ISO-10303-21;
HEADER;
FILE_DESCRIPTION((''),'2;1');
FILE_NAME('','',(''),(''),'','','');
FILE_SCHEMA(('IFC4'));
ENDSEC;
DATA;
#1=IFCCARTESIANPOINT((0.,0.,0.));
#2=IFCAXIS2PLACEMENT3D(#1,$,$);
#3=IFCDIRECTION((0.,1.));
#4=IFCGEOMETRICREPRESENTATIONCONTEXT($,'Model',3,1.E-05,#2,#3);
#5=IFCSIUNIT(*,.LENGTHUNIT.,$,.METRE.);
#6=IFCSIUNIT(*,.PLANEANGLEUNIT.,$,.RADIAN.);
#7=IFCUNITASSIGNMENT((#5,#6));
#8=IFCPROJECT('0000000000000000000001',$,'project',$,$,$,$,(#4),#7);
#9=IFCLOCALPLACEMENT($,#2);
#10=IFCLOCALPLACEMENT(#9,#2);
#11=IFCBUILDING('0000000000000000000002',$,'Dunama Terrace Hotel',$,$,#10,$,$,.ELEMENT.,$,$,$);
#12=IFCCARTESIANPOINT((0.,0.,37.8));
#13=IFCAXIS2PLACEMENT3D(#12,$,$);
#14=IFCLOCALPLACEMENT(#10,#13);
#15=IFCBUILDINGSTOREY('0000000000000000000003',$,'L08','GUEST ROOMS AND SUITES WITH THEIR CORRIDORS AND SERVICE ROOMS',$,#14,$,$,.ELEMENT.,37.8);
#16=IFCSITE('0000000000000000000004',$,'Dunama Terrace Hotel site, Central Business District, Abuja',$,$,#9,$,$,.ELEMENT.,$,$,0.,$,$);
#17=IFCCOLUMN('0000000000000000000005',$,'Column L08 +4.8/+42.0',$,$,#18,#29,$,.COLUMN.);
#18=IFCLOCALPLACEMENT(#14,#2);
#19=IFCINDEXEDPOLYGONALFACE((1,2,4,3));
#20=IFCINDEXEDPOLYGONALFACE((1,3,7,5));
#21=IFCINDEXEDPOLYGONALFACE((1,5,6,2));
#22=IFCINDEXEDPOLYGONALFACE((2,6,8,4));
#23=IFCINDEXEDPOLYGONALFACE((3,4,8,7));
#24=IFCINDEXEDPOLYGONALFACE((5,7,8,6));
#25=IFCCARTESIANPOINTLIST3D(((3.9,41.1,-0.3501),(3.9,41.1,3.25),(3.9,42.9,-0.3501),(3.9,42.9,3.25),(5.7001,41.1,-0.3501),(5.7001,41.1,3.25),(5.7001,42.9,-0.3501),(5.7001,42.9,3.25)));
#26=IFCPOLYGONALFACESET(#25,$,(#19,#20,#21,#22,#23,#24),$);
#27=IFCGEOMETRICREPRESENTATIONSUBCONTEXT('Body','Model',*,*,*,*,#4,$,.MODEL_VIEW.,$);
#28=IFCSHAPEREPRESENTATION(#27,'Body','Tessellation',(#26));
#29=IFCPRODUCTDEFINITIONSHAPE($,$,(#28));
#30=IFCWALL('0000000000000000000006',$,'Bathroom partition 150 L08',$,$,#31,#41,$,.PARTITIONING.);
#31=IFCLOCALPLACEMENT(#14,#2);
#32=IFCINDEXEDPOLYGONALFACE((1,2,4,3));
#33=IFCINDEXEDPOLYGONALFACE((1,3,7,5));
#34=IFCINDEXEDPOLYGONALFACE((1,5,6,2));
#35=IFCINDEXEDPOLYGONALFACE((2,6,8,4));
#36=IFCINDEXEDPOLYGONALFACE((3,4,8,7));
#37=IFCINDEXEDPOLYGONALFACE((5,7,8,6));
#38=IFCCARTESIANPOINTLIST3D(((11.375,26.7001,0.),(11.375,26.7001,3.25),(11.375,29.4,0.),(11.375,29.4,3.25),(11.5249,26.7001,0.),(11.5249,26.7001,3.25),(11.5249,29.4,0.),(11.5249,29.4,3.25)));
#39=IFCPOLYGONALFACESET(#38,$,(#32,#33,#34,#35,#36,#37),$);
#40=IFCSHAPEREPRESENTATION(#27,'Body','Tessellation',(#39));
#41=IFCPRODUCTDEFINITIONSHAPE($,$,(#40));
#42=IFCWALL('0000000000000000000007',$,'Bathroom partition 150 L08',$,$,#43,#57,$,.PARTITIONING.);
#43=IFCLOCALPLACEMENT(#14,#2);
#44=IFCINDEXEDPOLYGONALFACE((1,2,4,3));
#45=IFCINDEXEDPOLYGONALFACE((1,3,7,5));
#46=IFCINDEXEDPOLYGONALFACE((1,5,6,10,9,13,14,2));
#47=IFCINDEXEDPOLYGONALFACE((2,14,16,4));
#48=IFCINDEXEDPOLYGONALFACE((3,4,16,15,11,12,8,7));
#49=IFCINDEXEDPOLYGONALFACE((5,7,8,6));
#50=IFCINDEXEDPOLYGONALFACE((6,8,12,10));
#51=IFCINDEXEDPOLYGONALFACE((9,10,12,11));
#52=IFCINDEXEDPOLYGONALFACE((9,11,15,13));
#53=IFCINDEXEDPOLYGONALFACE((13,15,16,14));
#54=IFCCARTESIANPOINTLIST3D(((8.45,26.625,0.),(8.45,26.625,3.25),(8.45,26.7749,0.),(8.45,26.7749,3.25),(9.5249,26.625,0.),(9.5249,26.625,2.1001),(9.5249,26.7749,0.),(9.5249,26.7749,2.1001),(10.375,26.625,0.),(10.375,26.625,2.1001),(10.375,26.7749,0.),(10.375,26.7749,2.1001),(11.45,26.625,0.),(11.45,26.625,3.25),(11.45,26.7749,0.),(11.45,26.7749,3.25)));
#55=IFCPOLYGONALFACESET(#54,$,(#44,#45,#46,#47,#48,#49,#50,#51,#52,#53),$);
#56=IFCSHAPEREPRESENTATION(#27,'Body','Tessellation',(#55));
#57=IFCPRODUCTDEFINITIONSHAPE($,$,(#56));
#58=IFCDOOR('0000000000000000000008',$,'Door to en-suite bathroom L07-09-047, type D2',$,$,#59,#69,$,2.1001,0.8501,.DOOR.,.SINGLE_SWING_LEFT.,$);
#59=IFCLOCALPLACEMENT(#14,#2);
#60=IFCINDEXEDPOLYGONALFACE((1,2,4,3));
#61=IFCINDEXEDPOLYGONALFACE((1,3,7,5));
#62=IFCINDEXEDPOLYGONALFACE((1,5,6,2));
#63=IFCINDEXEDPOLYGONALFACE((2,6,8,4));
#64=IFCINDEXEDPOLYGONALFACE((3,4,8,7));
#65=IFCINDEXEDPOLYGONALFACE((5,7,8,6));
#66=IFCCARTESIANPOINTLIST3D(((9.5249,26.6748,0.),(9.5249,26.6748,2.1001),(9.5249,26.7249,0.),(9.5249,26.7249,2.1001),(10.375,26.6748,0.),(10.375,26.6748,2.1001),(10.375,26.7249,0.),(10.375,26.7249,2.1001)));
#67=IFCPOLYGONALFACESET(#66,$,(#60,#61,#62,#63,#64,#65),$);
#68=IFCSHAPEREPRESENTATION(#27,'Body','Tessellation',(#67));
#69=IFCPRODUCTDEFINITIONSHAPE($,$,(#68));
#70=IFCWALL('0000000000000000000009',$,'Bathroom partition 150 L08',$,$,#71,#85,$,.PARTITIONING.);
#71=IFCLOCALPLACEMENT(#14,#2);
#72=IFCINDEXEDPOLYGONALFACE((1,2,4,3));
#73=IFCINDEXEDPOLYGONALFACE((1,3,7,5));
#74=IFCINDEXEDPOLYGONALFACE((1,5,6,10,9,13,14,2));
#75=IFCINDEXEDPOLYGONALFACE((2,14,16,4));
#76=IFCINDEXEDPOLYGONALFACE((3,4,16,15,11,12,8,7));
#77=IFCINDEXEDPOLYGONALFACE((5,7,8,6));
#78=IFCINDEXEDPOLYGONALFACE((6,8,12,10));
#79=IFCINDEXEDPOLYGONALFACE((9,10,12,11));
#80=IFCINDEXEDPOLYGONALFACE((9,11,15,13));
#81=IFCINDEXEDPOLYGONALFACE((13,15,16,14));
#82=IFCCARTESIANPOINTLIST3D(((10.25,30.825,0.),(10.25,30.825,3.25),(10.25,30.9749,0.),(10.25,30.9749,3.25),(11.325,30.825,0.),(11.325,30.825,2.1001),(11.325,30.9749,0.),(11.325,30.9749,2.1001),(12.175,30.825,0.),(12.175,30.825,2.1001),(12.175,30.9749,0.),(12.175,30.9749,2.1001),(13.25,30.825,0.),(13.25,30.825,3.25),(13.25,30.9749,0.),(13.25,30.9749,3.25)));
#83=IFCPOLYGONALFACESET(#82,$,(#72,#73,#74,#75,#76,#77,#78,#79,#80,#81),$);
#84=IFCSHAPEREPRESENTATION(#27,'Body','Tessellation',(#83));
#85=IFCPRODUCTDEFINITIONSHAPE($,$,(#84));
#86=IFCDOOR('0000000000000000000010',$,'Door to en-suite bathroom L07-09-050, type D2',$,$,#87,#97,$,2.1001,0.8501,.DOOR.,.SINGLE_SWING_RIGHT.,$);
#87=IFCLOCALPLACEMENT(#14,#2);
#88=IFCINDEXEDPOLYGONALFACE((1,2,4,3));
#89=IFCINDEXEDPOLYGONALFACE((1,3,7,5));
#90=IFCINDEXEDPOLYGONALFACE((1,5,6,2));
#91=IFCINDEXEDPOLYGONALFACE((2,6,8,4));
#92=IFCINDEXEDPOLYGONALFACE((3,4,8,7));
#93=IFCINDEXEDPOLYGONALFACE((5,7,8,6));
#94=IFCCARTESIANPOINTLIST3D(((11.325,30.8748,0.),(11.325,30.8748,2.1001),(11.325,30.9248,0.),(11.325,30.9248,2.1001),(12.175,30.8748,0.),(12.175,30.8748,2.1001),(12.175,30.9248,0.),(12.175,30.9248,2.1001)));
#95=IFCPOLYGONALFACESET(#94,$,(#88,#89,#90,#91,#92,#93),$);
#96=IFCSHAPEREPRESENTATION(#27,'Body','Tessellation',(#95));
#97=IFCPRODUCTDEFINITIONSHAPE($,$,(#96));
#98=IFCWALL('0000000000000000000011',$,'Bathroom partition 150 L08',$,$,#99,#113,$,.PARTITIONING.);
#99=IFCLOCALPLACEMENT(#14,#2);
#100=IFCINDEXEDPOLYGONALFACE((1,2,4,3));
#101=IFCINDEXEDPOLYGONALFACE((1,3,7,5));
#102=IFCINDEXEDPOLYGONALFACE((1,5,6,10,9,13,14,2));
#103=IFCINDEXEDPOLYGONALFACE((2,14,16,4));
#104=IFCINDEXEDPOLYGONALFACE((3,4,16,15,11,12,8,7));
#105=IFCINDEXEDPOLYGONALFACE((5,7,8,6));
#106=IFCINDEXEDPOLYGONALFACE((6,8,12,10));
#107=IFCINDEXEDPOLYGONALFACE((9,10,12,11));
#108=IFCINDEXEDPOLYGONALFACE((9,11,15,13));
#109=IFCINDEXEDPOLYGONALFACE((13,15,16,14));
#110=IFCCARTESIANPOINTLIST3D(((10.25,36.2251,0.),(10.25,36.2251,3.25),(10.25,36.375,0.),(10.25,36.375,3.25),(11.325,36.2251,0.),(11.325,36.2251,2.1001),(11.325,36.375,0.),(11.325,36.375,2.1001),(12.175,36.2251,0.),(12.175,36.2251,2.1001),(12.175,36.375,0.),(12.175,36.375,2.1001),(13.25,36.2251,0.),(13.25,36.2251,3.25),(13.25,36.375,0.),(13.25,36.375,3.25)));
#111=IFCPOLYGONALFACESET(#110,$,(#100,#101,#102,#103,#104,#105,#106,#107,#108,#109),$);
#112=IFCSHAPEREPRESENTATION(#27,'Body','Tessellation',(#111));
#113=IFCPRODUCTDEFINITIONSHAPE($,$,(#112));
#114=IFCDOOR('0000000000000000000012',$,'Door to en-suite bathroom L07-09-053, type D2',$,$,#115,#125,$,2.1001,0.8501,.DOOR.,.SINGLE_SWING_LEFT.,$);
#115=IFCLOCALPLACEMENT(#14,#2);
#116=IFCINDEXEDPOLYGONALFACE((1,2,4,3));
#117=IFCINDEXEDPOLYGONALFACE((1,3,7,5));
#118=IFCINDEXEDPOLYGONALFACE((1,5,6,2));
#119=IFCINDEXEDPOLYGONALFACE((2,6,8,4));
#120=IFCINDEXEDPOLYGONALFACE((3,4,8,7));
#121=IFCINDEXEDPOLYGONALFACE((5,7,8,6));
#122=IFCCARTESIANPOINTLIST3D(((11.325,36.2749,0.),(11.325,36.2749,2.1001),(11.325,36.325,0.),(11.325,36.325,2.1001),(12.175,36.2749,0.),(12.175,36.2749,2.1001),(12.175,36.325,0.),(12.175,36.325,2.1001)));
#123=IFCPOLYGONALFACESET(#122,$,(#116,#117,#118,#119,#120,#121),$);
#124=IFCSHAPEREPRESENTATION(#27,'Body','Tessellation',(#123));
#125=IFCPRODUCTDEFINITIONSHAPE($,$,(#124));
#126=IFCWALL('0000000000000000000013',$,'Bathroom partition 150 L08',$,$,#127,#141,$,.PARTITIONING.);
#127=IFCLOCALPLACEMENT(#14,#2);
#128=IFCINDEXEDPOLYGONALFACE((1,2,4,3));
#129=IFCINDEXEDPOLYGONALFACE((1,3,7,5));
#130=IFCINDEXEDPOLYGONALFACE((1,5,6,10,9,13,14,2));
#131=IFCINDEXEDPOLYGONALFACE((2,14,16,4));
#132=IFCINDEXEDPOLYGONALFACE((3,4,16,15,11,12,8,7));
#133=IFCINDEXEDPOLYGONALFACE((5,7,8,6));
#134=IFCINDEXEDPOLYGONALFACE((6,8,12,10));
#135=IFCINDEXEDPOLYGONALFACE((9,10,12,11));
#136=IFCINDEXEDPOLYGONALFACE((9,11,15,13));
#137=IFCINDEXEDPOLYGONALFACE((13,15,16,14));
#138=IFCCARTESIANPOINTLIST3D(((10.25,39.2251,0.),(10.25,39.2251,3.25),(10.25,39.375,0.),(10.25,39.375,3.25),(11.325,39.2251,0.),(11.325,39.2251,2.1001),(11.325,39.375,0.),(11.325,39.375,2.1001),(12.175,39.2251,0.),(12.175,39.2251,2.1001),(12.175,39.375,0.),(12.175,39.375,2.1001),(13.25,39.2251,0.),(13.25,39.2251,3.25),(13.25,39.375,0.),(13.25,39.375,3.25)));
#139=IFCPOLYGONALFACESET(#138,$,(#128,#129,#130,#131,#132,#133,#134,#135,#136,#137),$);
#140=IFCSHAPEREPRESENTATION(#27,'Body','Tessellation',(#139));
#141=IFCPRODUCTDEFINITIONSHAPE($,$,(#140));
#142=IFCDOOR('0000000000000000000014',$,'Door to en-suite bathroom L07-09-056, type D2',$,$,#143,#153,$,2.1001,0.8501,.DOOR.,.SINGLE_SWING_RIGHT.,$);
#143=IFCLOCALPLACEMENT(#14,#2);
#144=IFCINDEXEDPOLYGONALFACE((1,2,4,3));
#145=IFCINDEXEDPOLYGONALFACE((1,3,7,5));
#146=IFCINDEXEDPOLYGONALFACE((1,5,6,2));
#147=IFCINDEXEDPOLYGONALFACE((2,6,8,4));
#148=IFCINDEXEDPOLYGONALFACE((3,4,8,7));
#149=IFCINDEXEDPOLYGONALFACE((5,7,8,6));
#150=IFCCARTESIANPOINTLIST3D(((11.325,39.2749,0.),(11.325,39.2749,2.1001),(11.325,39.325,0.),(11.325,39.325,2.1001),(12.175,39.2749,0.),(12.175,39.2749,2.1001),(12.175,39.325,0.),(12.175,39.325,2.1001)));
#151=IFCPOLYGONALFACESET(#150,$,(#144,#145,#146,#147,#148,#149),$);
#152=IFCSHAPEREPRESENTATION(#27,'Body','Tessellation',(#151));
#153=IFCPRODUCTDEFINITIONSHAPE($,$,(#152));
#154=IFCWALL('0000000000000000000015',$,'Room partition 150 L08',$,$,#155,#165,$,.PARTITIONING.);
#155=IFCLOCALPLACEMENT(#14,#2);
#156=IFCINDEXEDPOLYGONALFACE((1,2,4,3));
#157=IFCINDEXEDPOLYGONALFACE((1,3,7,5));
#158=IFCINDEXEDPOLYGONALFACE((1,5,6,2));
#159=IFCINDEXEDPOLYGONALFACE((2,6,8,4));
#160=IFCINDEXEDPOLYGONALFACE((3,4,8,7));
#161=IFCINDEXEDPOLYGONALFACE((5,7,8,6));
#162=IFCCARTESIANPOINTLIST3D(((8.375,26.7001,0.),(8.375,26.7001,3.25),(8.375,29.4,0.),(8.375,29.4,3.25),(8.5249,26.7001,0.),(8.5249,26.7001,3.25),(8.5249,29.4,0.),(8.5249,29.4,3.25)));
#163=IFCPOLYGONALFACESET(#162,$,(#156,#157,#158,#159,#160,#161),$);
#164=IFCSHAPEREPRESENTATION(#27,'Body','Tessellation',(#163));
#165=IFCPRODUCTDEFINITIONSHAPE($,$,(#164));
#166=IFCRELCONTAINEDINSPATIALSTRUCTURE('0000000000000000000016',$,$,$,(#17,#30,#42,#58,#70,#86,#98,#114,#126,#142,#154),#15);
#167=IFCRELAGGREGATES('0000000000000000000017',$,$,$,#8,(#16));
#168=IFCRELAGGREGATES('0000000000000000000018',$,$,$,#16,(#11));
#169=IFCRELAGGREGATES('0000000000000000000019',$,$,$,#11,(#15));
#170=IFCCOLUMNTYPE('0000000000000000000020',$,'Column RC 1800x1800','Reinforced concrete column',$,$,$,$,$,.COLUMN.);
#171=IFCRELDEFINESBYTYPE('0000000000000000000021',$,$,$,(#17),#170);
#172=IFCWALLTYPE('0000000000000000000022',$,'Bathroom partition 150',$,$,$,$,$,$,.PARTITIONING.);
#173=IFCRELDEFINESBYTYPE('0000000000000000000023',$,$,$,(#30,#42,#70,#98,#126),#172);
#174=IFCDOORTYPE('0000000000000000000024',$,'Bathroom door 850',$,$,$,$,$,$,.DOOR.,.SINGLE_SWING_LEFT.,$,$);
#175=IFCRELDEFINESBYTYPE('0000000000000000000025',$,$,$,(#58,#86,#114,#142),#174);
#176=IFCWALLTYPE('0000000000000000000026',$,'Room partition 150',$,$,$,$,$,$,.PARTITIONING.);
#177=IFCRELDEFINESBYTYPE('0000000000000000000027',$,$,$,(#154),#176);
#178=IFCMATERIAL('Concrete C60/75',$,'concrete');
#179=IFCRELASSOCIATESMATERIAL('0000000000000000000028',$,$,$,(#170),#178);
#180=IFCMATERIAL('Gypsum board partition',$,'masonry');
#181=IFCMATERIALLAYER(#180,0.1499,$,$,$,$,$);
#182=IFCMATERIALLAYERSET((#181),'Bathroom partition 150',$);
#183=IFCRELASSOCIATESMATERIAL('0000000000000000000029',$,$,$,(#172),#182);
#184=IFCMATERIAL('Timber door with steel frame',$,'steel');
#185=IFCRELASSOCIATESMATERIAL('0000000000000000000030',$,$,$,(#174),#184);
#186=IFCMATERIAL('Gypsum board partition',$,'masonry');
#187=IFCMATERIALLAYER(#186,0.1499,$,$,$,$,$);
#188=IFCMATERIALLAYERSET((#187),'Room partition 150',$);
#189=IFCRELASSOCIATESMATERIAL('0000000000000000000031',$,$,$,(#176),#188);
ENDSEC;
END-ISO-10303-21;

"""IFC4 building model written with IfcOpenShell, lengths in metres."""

from ifc_helpers import new_model, si_unit, direction, frame, frame_2d, origin, origin_2d, place, context, subcontext, project, spatial, rectangle, extrude, material, layer, layer_set, material_profile, profile_set, type_object, element, fill, save


model = new_model("IFC4")

# Units and contexts
model_context = context("Model", 3, precision=1e-05, world=origin(), true_north=direction((0.0, 1.0)))
body_context = subcontext(model_context, "Body", "Model", "MODEL_VIEW")
ifc_project = project(units=[si_unit("LENGTHUNIT", "METRE"), si_unit("PLANEANGLEUNIT", "RADIAN")], contexts=[model_context])

# Site, building, storey
site_placement = place(None, origin())
site = spatial("IfcSite", under=ifc_project, at=site_placement, Name="Dunama Terrace Hotel site, Central Business District, Abuja", CompositionType="ELEMENT", RefElevation=0.0)
building_placement = place(site_placement, origin())
building = spatial("IfcBuilding", under=site, at=building_placement, Name="Dunama Terrace Hotel", CompositionType="ELEMENT")
storey_placement = place(building_placement, frame((0.0, 0.0, 37.8)))
storey = spatial("IfcBuildingStorey", under=building, at=storey_placement, Name="L08", Description="GUEST ROOMS AND SUITES WITH THEIR CORRIDORS AND SERVICE ROOMS", CompositionType="ELEMENT", Elevation=37.8)

# Column
ifc_material_1 = material(Name="Concrete C60/75", Category="concrete")
ifc_material_profile = material_profile(ifc_material_1, rectangle(XDim=1.8, YDim=1.8, at=origin_2d()), Name="RC 1800x1800")
ifc_profile_set = profile_set([ifc_material_profile], Name="Concrete C60/75")
column_type = type_object("IfcColumnType", Name="Column RC 1800x1800", Description="Reinforced concrete column", PredefinedType="COLUMN", material=ifc_profile_set)
column_placement = place(storey_placement, frame((4.8, 42.0, -0.3501), z_axis=(0.0, 0.0, 1.0), x_axis=(1.0, 0.0, 0.0)))
element("IfcColumn", 1, at=column_placement, inside=storey, type_object=column_type, Name="Column L08 +4.8/+42.0", PredefinedType="COLUMN", context=body_context, shape_type="SweptSolid", body=[
    extrude(rectangle(XDim=1.8, YDim=1.8, at=origin_2d()), origin(), (0.0, 0.0, 1.0), 3.6001),
])

# Wall
ifc_material_2 = material(Name="Gypsum board partition", Category="masonry")
ifc_layer_1 = layer(ifc_material_2, 0.1499)
ifc_layer_set_1 = layer_set([ifc_layer_1], Name="Bathroom partition 150")
wall_type_1 = type_object("IfcWallType", Name="Bathroom partition 150", PredefinedType="PARTITIONING", material=ifc_layer_set_1)
wall_1_placement = place(storey_placement, frame((11.45, 26.7, 0.0), z_axis=(0.0, 0.0, 1.0), x_axis=(0.0, 1.0, 0.0)))
element("IfcWall", 2, at=wall_1_placement, inside=storey, type_object=wall_type_1, Name="Bathroom partition 150 L08", PredefinedType="PARTITIONING", context=body_context, shape_type="SweptSolid", body=[
    extrude(rectangle(XDim=2.7, YDim=0.1499, at=frame_2d((1.3501, 0.0))), origin(), (0.0, 0.0, 1.0), 3.25),
])

# Walls, openings, doors
wall_2_placement = place(storey_placement, frame((8.45, 26.7, 0.0), z_axis=(0.0, 0.0, 1.0), x_axis=(1.0, 0.0, 0.0)))
wall_2 = element("IfcWall", 3, at=wall_2_placement, inside=storey, type_object=wall_type_1, Name="Bathroom partition 150 L08", PredefinedType="PARTITIONING", context=body_context, shape_type="SweptSolid", body=[
    extrude(rectangle(XDim=3.0, YDim=0.1499, at=frame_2d((1.5, 0.0))), origin(), (0.0, 0.0, 1.0), 3.25),
])
opening_1_placement = place(wall_2_placement, frame((1.075, 0.0, 0.0)))
opening_1 = element("IfcOpeningElement", 4, at=opening_1_placement, cuts=wall_2, PredefinedType="OPENING", context=body_context, shape_type="SweptSolid", body=[
    extrude(rectangle(XDim=0.8501, YDim=2.1001, at=frame_2d((0.425, 1.05))), frame((0.0, 0.085, 0.0), z_axis=(0.0, -1.0, 0.0), x_axis=(1.0, 0.0, 0.0)), (0.0, 0.0, 1.0), 0.1699),
])
ifc_material_3 = material(Name="Timber door with steel frame", Category="steel")
door_type_1 = type_object("IfcDoorType", Name="Bathroom door 850", OperationType="SINGLE_SWING_LEFT", PredefinedType="DOOR", material=ifc_material_3)
door_1_placement = place(opening_1_placement, origin())
door_1 = element("IfcDoor", 5, at=door_1_placement, inside=storey, type_object=door_type_1, Name="Door to en-suite bathroom L07-09-047, type D2", OperationType="SINGLE_SWING_LEFT", OverallHeight=2.1001, OverallWidth=0.8501, PredefinedType="DOOR", context=body_context, shape_type="SweptSolid", body=[
    extrude(rectangle(XDim=0.8501, YDim=2.1001, at=frame_2d((0.425, 1.05))), frame((0.0, 0.0249, 0.0), z_axis=(0.0, -1.0, 0.0), x_axis=(1.0, 0.0, 0.0)), (0.0, 0.0, 1.0), 0.05),
])
fill(opening_1, door_1)
wall_3_placement = place(storey_placement, frame((10.25, 30.8999, 0.0), z_axis=(0.0, 0.0, 1.0), x_axis=(1.0, 0.0, 0.0)))
wall_3 = element("IfcWall", 6, at=wall_3_placement, inside=storey, type_object=wall_type_1, Name="Bathroom partition 150 L08", PredefinedType="PARTITIONING", context=body_context, shape_type="SweptSolid", body=[
    extrude(rectangle(XDim=3.0, YDim=0.1499, at=frame_2d((1.5, 0.0))), origin(), (0.0, 0.0, 1.0), 3.25),
])
opening_2_placement = place(wall_3_placement, frame((1.075, 0.0, 0.0)))
opening_2 = element("IfcOpeningElement", 7, at=opening_2_placement, cuts=wall_3, PredefinedType="OPENING", context=body_context, shape_type="SweptSolid", body=[
    extrude(rectangle(XDim=0.8501, YDim=2.1001, at=frame_2d((0.425, 1.05))), frame((0.0, 0.085, 0.0), z_axis=(0.0, -1.0, 0.0), x_axis=(1.0, 0.0, 0.0)), (0.0, 0.0, 1.0), 0.1699),
])
door_2_placement = place(opening_2_placement, origin())
door_2 = element("IfcDoor", 8, at=door_2_placement, inside=storey, type_object=door_type_1, Name="Door to en-suite bathroom L07-09-050, type D2", OperationType="SINGLE_SWING_RIGHT", OverallHeight=2.1001, OverallWidth=0.8501, PredefinedType="DOOR", context=body_context, shape_type="SweptSolid", body=[
    extrude(rectangle(XDim=0.8501, YDim=2.1001, at=frame_2d((0.425, 1.05))), frame((0.0, 0.0249, 0.0), z_axis=(0.0, -1.0, 0.0), x_axis=(1.0, 0.0, 0.0)), (0.0, 0.0, 1.0), 0.05),
])
fill(opening_2, door_2)
wall_4_placement = place(storey_placement, frame((10.25, 36.3, 0.0), z_axis=(0.0, 0.0, 1.0), x_axis=(1.0, 0.0, 0.0)))
wall_4 = element("IfcWall", 9, at=wall_4_placement, inside=storey, type_object=wall_type_1, Name="Bathroom partition 150 L08", PredefinedType="PARTITIONING", context=body_context, shape_type="SweptSolid", body=[
    extrude(rectangle(XDim=3.0, YDim=0.1499, at=frame_2d((1.5, 0.0))), origin(), (0.0, 0.0, 1.0), 3.25),
])
opening_3_placement = place(wall_4_placement, frame((1.075, 0.0, 0.0)))
opening_3 = element("IfcOpeningElement", 10, at=opening_3_placement, cuts=wall_4, PredefinedType="OPENING", context=body_context, shape_type="SweptSolid", body=[
    extrude(rectangle(XDim=0.8501, YDim=2.1001, at=frame_2d((0.425, 1.05))), frame((0.0, 0.085, 0.0), z_axis=(0.0, -1.0, 0.0), x_axis=(1.0, 0.0, 0.0)), (0.0, 0.0, 1.0), 0.1699),
])
door_3_placement = place(opening_3_placement, frame((0.8501, 0.0, 0.0), z_axis=(0.0, 0.0, 1.0), x_axis=(-1.0, 0.0, 0.0)))
door_3 = element("IfcDoor", 11, at=door_3_placement, inside=storey, type_object=door_type_1, Name="Door to en-suite bathroom L07-09-053, type D2", OperationType="SINGLE_SWING_LEFT", OverallHeight=2.1001, OverallWidth=0.8501, PredefinedType="DOOR", context=body_context, shape_type="SweptSolid", body=[
    extrude(rectangle(XDim=0.8501, YDim=2.1001, at=frame_2d((0.425, 1.05))), frame((0.0, 0.0251, 0.0), z_axis=(0.0, -1.0, 0.0), x_axis=(1.0, 0.0, 0.0)), (0.0, 0.0, 1.0), 0.05),
])
fill(opening_3, door_3)
wall_5_placement = place(storey_placement, frame((10.25, 39.3, 0.0), z_axis=(0.0, 0.0, 1.0), x_axis=(1.0, 0.0, 0.0)))
wall_5 = element("IfcWall", 12, at=wall_5_placement, inside=storey, type_object=wall_type_1, Name="Bathroom partition 150 L08", PredefinedType="PARTITIONING", context=body_context, shape_type="SweptSolid", body=[
    extrude(rectangle(XDim=3.0, YDim=0.1499, at=frame_2d((1.5, 0.0))), origin(), (0.0, 0.0, 1.0), 3.25),
])
opening_4_placement = place(wall_5_placement, frame((1.075, 0.0, 0.0)))
opening_4 = element("IfcOpeningElement", 13, at=opening_4_placement, cuts=wall_5, PredefinedType="OPENING", context=body_context, shape_type="SweptSolid", body=[
    extrude(rectangle(XDim=0.8501, YDim=2.1001, at=frame_2d((0.425, 1.05))), frame((0.0, 0.085, 0.0), z_axis=(0.0, -1.0, 0.0), x_axis=(1.0, 0.0, 0.0)), (0.0, 0.0, 1.0), 0.1699),
])
door_4_placement = place(opening_4_placement, origin())
door_4 = element("IfcDoor", 14, at=door_4_placement, inside=storey, type_object=door_type_1, Name="Door to en-suite bathroom L07-09-056, type D2", OperationType="SINGLE_SWING_RIGHT", OverallHeight=2.1001, OverallWidth=0.8501, PredefinedType="DOOR", context=body_context, shape_type="SweptSolid", body=[
    extrude(rectangle(XDim=0.8501, YDim=2.1001, at=frame_2d((0.425, 1.05))), frame((0.0, 0.0249, 0.0), z_axis=(0.0, -1.0, 0.0), x_axis=(1.0, 0.0, 0.0)), (0.0, 0.0, 1.0), 0.05),
])
fill(opening_4, door_4)

# Wall
ifc_material_4 = material(Name="Gypsum board partition", Category="masonry")
ifc_layer_2 = layer(ifc_material_4, 0.1499)
ifc_layer_set_2 = layer_set([ifc_layer_2], Name="Room partition 150")
wall_type_2 = type_object("IfcWallType", Name="Room partition 150", PredefinedType="PARTITIONING", material=ifc_layer_set_2)
wall_6_placement = place(storey_placement, frame((8.45, 26.7, 0.0), z_axis=(0.0, 0.0, 1.0), x_axis=(0.0, 1.0, 0.0)))
element("IfcWall", 15, at=wall_6_placement, inside=storey, type_object=wall_type_2, Name="Room partition 150 L08", PredefinedType="PARTITIONING", context=body_context, shape_type="SweptSolid", body=[
    extrude(rectangle(XDim=2.7, YDim=0.1499, at=frame_2d((1.3501, 0.0))), origin(), (0.0, 0.0, 1.0), 3.25),
])

save(model, "model.ifc")
